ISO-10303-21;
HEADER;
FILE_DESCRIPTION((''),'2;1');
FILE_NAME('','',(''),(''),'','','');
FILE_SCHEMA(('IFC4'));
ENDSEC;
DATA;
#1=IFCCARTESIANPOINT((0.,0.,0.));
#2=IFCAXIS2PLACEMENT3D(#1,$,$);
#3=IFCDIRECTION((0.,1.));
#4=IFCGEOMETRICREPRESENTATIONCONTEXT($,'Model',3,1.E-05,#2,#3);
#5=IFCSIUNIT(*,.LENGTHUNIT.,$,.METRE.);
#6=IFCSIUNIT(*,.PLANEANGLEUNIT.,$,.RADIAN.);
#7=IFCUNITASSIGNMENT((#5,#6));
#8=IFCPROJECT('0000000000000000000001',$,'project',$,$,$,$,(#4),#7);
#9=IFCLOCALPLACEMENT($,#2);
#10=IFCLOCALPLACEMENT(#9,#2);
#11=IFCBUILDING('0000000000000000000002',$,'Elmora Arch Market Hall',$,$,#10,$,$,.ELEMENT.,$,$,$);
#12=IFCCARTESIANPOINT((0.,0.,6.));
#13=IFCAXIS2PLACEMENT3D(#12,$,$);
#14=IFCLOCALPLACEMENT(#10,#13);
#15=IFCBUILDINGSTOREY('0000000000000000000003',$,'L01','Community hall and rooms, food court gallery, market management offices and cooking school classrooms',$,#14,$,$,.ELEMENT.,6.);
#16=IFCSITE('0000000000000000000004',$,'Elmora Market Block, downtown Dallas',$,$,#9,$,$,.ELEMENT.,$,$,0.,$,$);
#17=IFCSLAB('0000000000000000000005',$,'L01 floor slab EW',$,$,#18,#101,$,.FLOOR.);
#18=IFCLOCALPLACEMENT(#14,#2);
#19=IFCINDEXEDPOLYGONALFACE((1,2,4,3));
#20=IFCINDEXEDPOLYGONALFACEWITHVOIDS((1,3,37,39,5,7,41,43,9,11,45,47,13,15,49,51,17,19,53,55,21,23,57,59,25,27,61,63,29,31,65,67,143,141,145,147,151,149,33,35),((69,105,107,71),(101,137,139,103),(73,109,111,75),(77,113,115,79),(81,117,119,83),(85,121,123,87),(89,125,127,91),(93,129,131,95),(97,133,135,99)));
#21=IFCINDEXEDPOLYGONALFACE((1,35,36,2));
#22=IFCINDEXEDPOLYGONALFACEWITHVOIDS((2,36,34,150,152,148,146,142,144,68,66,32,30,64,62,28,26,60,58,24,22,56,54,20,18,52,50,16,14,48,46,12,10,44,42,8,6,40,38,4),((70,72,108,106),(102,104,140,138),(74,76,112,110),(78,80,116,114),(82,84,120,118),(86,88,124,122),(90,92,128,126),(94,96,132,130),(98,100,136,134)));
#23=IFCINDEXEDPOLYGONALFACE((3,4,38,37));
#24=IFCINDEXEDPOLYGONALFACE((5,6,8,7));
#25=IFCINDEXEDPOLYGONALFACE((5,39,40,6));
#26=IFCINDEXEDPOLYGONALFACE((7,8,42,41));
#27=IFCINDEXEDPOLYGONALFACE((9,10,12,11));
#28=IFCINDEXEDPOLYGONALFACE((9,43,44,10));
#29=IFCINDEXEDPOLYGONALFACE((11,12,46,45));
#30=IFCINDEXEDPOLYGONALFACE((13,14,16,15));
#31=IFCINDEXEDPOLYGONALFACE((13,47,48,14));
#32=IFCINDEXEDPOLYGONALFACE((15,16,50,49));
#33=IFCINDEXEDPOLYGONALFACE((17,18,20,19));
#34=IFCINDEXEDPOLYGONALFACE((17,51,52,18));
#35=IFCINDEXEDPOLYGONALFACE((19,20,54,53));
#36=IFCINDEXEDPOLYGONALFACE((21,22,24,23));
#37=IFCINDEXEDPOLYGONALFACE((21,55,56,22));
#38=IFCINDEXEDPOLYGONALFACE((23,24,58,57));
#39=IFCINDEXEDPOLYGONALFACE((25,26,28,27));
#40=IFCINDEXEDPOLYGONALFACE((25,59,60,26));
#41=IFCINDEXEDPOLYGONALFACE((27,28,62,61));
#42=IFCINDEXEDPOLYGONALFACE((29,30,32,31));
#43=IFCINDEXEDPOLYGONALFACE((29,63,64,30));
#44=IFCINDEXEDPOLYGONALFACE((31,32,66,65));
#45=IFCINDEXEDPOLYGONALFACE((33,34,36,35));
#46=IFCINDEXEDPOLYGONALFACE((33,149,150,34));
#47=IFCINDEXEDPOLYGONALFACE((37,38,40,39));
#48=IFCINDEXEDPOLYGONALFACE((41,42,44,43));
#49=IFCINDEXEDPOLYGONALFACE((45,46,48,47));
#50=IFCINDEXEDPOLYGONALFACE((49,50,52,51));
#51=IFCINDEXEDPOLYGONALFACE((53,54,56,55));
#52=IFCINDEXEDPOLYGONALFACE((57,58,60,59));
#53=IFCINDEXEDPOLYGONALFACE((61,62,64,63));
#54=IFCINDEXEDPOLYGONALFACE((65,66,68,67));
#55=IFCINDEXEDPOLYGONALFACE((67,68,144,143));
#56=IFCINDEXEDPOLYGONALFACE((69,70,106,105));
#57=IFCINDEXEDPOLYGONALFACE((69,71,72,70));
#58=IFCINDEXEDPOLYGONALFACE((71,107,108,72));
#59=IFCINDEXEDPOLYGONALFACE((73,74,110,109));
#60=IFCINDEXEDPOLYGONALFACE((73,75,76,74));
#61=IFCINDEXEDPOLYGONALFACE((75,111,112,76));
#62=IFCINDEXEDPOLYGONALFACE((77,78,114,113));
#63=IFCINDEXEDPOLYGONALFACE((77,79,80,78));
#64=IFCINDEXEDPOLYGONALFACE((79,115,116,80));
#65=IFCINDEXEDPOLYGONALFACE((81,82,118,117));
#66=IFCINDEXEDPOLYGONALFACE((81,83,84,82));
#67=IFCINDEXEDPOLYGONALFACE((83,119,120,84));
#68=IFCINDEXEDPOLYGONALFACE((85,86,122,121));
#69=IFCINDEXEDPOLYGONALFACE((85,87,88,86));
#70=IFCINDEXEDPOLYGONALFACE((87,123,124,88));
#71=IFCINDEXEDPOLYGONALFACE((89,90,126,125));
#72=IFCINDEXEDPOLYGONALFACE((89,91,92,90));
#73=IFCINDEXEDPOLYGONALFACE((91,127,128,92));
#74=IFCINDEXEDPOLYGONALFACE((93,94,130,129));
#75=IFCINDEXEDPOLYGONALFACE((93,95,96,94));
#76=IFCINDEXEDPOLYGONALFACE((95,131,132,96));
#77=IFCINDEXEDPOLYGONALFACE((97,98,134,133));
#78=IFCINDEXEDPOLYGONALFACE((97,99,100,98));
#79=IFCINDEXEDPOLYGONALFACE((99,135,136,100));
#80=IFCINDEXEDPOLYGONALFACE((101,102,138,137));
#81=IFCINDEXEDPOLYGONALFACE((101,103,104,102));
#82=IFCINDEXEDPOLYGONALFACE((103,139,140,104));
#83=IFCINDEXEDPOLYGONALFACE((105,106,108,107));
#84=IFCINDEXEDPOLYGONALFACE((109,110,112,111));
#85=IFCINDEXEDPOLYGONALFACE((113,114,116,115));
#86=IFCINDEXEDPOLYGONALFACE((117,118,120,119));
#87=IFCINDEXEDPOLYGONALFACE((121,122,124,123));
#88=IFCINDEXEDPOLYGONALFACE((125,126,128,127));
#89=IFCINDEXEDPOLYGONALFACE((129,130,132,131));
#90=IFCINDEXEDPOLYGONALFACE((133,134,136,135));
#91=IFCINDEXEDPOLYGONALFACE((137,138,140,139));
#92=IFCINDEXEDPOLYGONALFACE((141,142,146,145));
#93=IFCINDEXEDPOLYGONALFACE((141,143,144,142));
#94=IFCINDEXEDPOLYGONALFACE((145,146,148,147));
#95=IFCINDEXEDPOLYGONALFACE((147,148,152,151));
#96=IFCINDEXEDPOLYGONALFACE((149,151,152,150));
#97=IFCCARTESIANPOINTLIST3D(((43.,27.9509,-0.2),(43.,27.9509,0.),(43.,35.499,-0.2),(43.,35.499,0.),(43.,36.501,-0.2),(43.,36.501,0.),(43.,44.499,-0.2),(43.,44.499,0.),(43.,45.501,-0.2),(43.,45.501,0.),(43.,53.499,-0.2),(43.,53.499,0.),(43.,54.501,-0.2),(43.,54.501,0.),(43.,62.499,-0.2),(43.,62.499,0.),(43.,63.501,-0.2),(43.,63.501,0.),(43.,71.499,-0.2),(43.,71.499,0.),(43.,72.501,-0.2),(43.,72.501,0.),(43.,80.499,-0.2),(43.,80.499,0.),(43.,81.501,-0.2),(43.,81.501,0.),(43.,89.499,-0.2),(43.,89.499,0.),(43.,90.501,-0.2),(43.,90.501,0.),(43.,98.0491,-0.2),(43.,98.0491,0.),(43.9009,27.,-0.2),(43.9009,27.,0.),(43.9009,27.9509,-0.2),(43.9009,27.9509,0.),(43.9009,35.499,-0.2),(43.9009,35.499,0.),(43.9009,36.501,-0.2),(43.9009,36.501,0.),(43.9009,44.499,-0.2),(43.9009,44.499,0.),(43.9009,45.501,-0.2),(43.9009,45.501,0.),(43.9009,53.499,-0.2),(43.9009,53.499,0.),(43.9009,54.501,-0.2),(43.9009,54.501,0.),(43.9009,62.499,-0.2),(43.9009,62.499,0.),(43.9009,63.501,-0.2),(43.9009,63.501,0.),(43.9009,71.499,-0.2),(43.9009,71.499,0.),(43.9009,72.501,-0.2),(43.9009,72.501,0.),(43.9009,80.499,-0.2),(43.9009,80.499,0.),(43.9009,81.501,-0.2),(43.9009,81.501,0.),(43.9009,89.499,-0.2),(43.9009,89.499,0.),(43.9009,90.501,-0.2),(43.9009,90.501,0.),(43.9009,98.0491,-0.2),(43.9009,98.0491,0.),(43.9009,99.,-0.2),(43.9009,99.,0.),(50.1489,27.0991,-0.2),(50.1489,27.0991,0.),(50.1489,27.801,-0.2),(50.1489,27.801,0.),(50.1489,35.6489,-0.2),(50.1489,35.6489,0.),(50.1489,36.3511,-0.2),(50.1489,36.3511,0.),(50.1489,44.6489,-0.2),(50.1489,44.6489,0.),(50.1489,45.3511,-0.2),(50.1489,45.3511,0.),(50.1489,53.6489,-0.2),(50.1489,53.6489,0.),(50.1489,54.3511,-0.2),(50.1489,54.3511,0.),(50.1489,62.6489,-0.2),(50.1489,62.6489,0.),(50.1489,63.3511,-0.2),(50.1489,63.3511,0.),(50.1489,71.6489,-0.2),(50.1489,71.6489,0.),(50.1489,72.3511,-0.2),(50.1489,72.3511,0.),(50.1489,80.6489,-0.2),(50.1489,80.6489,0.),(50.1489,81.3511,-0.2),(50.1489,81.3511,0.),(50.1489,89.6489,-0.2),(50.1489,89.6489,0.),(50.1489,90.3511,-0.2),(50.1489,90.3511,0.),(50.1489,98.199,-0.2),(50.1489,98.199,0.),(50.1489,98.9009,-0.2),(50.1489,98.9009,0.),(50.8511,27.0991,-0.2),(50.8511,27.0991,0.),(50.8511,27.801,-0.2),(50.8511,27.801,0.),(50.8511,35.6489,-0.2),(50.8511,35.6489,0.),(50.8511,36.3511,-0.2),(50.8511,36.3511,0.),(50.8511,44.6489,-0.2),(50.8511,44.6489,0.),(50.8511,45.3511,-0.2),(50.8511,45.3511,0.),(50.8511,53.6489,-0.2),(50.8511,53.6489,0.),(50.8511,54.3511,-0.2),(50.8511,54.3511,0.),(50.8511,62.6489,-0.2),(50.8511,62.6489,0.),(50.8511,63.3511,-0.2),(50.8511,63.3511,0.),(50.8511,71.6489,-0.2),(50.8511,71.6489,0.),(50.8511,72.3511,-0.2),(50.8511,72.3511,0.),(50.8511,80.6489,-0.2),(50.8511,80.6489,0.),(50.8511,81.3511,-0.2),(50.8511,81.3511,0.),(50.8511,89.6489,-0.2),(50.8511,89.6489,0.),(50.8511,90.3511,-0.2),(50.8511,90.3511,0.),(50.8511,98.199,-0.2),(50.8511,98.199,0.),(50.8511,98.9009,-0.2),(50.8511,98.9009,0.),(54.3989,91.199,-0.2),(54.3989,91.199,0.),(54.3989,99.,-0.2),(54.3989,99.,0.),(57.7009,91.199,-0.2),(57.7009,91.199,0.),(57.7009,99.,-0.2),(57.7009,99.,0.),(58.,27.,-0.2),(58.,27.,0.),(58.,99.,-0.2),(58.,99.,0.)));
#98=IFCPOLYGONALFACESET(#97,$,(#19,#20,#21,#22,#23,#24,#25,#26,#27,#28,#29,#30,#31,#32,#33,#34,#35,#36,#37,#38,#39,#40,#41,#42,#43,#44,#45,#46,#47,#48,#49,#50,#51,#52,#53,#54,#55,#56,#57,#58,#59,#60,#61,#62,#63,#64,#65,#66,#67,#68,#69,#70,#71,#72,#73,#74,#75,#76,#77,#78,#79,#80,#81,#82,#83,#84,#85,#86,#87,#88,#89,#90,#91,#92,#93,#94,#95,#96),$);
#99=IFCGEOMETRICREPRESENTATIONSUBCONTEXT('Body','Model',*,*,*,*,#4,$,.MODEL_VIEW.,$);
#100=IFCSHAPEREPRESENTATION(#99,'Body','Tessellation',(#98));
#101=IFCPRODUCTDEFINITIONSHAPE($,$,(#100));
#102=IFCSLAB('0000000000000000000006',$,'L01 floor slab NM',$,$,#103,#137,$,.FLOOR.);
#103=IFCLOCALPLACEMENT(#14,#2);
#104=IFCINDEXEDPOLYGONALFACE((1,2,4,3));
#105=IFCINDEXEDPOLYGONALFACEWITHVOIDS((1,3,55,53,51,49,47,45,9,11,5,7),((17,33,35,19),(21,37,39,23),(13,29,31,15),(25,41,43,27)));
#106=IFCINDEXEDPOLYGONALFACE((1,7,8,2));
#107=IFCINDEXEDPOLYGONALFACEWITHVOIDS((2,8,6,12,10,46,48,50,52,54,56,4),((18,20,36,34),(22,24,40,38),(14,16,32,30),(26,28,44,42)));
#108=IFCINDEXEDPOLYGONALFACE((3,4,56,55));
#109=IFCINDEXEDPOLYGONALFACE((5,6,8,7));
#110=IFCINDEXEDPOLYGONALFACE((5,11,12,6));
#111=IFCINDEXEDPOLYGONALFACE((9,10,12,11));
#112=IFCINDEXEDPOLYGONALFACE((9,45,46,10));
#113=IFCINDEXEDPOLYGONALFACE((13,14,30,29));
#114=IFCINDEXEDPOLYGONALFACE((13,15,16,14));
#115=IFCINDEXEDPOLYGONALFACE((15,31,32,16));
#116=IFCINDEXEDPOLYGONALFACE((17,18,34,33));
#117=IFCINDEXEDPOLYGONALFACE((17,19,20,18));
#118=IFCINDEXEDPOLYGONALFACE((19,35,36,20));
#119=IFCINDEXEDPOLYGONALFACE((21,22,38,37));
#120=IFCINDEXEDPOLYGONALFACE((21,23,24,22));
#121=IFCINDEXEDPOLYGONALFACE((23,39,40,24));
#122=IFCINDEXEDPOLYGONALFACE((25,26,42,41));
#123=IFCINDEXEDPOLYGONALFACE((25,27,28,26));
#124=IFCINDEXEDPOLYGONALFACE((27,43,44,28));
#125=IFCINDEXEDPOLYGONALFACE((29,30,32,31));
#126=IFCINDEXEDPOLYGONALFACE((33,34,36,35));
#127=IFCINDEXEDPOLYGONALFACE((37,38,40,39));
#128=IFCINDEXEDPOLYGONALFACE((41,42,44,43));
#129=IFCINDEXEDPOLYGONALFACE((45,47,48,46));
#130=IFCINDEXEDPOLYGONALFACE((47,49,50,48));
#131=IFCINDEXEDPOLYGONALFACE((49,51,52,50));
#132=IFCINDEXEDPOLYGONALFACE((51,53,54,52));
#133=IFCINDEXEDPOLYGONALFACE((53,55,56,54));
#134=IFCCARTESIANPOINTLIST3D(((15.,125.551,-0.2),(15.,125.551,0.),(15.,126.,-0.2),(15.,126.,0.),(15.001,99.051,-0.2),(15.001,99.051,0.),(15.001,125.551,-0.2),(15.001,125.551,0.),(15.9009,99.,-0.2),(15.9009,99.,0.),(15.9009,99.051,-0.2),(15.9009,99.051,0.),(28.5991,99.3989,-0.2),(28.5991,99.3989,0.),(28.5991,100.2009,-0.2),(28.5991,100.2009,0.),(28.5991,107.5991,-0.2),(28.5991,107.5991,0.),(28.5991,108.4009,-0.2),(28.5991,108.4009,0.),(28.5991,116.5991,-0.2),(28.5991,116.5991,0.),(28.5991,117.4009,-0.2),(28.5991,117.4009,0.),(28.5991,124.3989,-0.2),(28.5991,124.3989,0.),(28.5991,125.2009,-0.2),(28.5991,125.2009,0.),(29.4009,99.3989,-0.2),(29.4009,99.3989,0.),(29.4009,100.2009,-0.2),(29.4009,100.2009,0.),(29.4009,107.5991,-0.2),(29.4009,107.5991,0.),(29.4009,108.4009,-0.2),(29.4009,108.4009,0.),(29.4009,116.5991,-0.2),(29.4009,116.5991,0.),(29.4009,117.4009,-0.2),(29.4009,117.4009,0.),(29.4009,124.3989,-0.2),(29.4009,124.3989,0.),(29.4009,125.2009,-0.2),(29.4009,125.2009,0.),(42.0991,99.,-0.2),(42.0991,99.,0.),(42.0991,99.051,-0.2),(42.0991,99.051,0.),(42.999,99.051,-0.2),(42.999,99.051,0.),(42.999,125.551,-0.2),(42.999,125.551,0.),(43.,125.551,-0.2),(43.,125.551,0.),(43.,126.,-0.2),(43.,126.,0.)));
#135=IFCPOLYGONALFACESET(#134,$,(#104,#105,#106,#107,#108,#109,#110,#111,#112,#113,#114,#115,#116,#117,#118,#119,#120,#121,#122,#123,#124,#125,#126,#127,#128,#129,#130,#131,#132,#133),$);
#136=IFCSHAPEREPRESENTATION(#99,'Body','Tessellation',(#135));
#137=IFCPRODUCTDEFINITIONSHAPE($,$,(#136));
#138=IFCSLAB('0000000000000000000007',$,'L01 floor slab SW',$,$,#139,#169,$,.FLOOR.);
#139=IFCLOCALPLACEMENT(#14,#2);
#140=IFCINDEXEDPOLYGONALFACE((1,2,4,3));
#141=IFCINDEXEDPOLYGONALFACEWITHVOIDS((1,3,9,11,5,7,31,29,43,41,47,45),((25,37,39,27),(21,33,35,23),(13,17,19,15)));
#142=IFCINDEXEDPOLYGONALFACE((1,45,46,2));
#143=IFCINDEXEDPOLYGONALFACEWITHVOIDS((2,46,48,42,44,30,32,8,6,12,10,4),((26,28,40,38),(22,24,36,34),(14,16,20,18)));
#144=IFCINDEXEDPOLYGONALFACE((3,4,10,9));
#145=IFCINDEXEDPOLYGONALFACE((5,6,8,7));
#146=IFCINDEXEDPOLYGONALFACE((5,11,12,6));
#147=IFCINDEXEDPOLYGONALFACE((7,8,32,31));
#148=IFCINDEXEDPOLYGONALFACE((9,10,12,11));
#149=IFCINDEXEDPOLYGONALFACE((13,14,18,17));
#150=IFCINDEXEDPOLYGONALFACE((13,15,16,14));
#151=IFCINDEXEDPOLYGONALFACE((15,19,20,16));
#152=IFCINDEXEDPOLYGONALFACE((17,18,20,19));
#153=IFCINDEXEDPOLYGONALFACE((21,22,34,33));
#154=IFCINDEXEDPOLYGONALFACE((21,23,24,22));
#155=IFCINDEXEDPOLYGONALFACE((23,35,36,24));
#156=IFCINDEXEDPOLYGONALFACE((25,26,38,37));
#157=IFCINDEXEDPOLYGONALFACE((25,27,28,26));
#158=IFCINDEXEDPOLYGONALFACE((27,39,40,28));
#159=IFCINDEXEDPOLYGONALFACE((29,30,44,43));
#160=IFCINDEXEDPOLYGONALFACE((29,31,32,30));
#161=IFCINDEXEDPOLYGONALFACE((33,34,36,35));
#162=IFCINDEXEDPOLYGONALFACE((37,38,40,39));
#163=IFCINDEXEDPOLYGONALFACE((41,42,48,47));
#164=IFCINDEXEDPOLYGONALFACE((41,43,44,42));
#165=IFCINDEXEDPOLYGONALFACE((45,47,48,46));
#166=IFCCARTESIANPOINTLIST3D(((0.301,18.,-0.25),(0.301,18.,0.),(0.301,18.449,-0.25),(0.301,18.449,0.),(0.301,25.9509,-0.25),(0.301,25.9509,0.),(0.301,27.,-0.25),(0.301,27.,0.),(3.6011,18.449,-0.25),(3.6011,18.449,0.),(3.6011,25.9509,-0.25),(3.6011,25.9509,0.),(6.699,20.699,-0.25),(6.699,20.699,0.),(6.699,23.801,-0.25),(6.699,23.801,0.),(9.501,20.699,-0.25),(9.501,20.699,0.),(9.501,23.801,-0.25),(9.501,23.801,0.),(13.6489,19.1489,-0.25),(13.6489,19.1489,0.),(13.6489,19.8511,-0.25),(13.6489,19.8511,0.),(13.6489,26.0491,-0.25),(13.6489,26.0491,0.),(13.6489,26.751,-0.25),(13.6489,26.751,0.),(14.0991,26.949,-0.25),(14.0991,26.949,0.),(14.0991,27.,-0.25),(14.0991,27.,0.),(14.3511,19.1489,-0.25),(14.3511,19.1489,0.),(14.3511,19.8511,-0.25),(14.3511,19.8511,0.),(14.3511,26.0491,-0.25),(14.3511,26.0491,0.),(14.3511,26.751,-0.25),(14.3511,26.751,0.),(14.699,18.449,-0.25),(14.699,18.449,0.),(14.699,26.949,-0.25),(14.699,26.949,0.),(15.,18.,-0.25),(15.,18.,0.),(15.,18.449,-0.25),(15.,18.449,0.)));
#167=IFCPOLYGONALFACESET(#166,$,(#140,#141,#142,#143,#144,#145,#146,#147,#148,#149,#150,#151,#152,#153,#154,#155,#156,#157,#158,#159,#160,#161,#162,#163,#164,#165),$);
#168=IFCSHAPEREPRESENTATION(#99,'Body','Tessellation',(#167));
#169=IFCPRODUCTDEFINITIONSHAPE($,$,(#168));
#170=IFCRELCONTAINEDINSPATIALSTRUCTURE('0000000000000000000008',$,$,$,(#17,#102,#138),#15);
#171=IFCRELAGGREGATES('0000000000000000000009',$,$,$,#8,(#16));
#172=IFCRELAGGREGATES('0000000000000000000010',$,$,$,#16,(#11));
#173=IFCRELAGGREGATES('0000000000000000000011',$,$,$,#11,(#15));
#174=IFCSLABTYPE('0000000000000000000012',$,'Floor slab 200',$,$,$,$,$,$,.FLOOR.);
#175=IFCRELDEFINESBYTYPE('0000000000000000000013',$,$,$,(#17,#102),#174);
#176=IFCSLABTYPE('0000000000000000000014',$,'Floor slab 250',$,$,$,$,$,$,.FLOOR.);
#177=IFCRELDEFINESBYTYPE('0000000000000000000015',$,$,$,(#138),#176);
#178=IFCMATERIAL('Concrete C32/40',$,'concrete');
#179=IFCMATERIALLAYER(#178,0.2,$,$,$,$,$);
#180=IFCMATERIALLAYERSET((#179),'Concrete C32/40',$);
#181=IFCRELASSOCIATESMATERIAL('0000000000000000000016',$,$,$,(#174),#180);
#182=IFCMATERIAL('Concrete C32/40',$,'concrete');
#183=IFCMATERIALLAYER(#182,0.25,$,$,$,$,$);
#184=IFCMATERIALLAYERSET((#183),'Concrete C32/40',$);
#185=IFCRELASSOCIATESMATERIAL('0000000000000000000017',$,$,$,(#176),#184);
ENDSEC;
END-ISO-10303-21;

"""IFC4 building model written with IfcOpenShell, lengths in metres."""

from ifc_helpers import new_model, si_unit, direction, frame, origin, place, context, subcontext, project, spatial, polyline, outline, extrude, material, layer, layer_set, type_object, element, save


model = new_model("IFC4")

# Units and contexts
model_context = context("Model", 3, precision=1e-05, world=origin(), true_north=direction((0.0, 1.0)))
body_context = subcontext(model_context, "Body", "Model", "MODEL_VIEW")
ifc_project = project(units=[si_unit("LENGTHUNIT", "METRE"), si_unit("PLANEANGLEUNIT", "RADIAN")], contexts=[model_context])

# Site, building, storey
site_placement = place(None, origin())
site = spatial("IfcSite", under=ifc_project, at=site_placement, Name="Elmora Market Block, downtown Dallas", CompositionType="ELEMENT", RefElevation=0.0)
building_placement = place(site_placement, origin())
building = spatial("IfcBuilding", under=site, at=building_placement, Name="Elmora Arch Market Hall", CompositionType="ELEMENT")
storey_placement = place(building_placement, frame((0.0, 0.0, 6.0)))
storey = spatial("IfcBuildingStorey", under=building, at=storey_placement, Name="L01", Description="Community hall and rooms, food court gallery, market management offices and cooking school classrooms", CompositionType="ELEMENT", Elevation=6.0)

# Slabs
ifc_material_1 = material(Name="Concrete C32/40", Category="concrete")
ifc_layer_1 = layer(ifc_material_1, 0.2)
ifc_layer_set_1 = layer_set([ifc_layer_1], Name="Concrete C32/40")
slab_type_1 = type_object("IfcSlabType", Name="Floor slab 200", PredefinedType="FLOOR", material=ifc_layer_set_1)
slab_1_placement = place(storey_placement, frame((0.0, 0.0, -0.2)))
element("IfcSlab", 1, at=slab_1_placement, inside=storey, type_object=slab_type_1, Name="L01 floor slab EW", PredefinedType="FLOOR", context=body_context, shape_type="SweptSolid", body=[
    extrude(outline(polyline([(58.0, 99.0), (58.0, 27.0), (43.9009, 27.0), (43.9009, 27.9509), (43.0, 27.9509), (43.0, 35.499), (43.9009, 35.499), (43.9009, 36.501), (43.0, 36.501), (43.0, 44.499), (43.9009, 44.499), (43.9009, 45.501), (43.0, 45.501), (43.0, 53.499), (43.9009, 53.499), (43.9009, 54.501), (43.0, 54.501), (43.0, 62.499), (43.9009, 62.499), (43.9009, 63.501), (43.0, 63.501), (43.0, 71.499), (43.9009, 71.499), (43.9009, 72.501), (43.0, 72.501), (43.0, 80.499), (43.9009, 80.499), (43.9009, 81.501), (43.0, 81.501), (43.0, 89.499), (43.9009, 89.499), (43.9009, 90.501), (43.0, 90.501), (43.0, 98.0491), (43.9009, 98.0491), (43.9009, 99.0), (54.3989, 99.0), (54.3989, 91.199), (57.7009, 91.199), (57.7009, 99.0), (58.0, 99.0)]), holes=[polyline([(50.1489, 81.3511), (50.1489, 80.6489), (50.8511, 80.6489), (50.8511, 81.3511), (50.1489, 81.3511)]), polyline([(50.1489, 90.3511), (50.1489, 89.6489), (50.8511, 89.6489), (50.8511, 90.3511), (50.1489, 90.3511)]), polyline([(50.1489, 98.9009), (50.1489, 98.199), (50.8511, 98.199), (50.8511, 98.9009), (50.1489, 98.9009)]), polyline([(50.1489, 63.3511), (50.1489, 62.6489), (50.8511, 62.6489), (50.8511, 63.3511), (50.1489, 63.3511)]), polyline([(50.8511, 72.3511), (50.1489, 72.3511), (50.1489, 71.6489), (50.8511, 71.6489), (50.8511, 72.3511)]), polyline([(50.1489, 54.3511), (50.1489, 53.6489), (50.8511, 53.6489), (50.8511, 54.3511), (50.1489, 54.3511)]), polyline([(50.1489, 45.3511), (50.1489, 44.6489), (50.8511, 44.6489), (50.8511, 45.3511), (50.1489, 45.3511)]), polyline([(50.1489, 36.3511), (50.1489, 35.6489), (50.8511, 35.6489), (50.8511, 36.3511), (50.1489, 36.3511)]), polyline([(50.1489, 27.801), (50.1489, 27.0991), (50.8511, 27.0991), (50.8511, 27.801), (50.1489, 27.801)])]), origin(), (0.0, 0.0, 1.0), 0.2),
])
slab_2_placement = place(storey_placement, frame((0.0, 0.0, -0.2)))
element("IfcSlab", 2, at=slab_2_placement, inside=storey, type_object=slab_type_1, Name="L01 floor slab NM", PredefinedType="FLOOR", context=body_context, shape_type="SweptSolid", body=[
    extrude(outline(polyline([(15.0, 126.0), (43.0, 126.0), (43.0, 125.551), (42.999, 125.551), (42.999, 99.051), (42.0991, 99.051), (42.0991, 99.0), (15.9009, 99.0), (15.9009, 99.051), (15.001, 99.051), (15.001, 125.551), (15.0, 125.551), (15.0, 126.0)]), holes=[polyline([(28.5991, 117.4009), (28.5991, 116.5991), (29.4009, 116.5991), (29.4009, 117.4009), (28.5991, 117.4009)]), polyline([(28.5991, 100.2009), (28.5991, 99.3989), (29.4009, 99.3989), (29.4009, 100.2009), (28.5991, 100.2009)]), polyline([(29.4009, 108.4009), (28.5991, 108.4009), (28.5991, 107.5991), (29.4009, 107.5991), (29.4009, 108.4009)]), polyline([(28.5991, 125.2009), (28.5991, 124.3989), (29.4009, 124.3989), (29.4009, 125.2009), (28.5991, 125.2009)])]), origin(), (0.0, 0.0, 1.0), 0.2),
])
ifc_material_2 = material(Name="Concrete C32/40", Category="concrete")
ifc_layer_2 = layer(ifc_material_2, 0.25)
ifc_layer_set_2 = layer_set([ifc_layer_2], Name="Concrete C32/40")
slab_type_2 = type_object("IfcSlabType", Name="Floor slab 250", PredefinedType="FLOOR", material=ifc_layer_set_2)
slab_3_placement = place(storey_placement, frame((0.0, 0.0, -0.25)))
element("IfcSlab", 3, at=slab_3_placement, inside=storey, type_object=slab_type_2, Name="L01 floor slab SW", PredefinedType="FLOOR", context=body_context, shape_type="SweptSolid", body=[
    extrude(outline(polyline([(15.0, 18.0), (0.301, 18.0), (0.301, 18.449), (3.6011, 18.449), (3.6011, 25.9509), (0.301, 25.9509), (0.301, 27.0), (14.0991, 27.0), (14.0991, 26.949), (14.699, 26.949), (14.699, 18.449), (15.0, 18.449), (15.0, 18.0)]), holes=[polyline([(13.6489, 26.751), (13.6489, 26.0491), (14.3511, 26.0491), (14.3511, 26.751), (13.6489, 26.751)]), polyline([(13.6489, 19.8511), (13.6489, 19.1489), (14.3511, 19.1489), (14.3511, 19.8511), (13.6489, 19.8511)]), polyline([(6.699, 23.801), (6.699, 20.699), (9.501, 20.699), (9.501, 23.801), (6.699, 23.801)])]), origin(), (0.0, 0.0, 1.0), 0.25),
])

save(model, "model.ifc")
